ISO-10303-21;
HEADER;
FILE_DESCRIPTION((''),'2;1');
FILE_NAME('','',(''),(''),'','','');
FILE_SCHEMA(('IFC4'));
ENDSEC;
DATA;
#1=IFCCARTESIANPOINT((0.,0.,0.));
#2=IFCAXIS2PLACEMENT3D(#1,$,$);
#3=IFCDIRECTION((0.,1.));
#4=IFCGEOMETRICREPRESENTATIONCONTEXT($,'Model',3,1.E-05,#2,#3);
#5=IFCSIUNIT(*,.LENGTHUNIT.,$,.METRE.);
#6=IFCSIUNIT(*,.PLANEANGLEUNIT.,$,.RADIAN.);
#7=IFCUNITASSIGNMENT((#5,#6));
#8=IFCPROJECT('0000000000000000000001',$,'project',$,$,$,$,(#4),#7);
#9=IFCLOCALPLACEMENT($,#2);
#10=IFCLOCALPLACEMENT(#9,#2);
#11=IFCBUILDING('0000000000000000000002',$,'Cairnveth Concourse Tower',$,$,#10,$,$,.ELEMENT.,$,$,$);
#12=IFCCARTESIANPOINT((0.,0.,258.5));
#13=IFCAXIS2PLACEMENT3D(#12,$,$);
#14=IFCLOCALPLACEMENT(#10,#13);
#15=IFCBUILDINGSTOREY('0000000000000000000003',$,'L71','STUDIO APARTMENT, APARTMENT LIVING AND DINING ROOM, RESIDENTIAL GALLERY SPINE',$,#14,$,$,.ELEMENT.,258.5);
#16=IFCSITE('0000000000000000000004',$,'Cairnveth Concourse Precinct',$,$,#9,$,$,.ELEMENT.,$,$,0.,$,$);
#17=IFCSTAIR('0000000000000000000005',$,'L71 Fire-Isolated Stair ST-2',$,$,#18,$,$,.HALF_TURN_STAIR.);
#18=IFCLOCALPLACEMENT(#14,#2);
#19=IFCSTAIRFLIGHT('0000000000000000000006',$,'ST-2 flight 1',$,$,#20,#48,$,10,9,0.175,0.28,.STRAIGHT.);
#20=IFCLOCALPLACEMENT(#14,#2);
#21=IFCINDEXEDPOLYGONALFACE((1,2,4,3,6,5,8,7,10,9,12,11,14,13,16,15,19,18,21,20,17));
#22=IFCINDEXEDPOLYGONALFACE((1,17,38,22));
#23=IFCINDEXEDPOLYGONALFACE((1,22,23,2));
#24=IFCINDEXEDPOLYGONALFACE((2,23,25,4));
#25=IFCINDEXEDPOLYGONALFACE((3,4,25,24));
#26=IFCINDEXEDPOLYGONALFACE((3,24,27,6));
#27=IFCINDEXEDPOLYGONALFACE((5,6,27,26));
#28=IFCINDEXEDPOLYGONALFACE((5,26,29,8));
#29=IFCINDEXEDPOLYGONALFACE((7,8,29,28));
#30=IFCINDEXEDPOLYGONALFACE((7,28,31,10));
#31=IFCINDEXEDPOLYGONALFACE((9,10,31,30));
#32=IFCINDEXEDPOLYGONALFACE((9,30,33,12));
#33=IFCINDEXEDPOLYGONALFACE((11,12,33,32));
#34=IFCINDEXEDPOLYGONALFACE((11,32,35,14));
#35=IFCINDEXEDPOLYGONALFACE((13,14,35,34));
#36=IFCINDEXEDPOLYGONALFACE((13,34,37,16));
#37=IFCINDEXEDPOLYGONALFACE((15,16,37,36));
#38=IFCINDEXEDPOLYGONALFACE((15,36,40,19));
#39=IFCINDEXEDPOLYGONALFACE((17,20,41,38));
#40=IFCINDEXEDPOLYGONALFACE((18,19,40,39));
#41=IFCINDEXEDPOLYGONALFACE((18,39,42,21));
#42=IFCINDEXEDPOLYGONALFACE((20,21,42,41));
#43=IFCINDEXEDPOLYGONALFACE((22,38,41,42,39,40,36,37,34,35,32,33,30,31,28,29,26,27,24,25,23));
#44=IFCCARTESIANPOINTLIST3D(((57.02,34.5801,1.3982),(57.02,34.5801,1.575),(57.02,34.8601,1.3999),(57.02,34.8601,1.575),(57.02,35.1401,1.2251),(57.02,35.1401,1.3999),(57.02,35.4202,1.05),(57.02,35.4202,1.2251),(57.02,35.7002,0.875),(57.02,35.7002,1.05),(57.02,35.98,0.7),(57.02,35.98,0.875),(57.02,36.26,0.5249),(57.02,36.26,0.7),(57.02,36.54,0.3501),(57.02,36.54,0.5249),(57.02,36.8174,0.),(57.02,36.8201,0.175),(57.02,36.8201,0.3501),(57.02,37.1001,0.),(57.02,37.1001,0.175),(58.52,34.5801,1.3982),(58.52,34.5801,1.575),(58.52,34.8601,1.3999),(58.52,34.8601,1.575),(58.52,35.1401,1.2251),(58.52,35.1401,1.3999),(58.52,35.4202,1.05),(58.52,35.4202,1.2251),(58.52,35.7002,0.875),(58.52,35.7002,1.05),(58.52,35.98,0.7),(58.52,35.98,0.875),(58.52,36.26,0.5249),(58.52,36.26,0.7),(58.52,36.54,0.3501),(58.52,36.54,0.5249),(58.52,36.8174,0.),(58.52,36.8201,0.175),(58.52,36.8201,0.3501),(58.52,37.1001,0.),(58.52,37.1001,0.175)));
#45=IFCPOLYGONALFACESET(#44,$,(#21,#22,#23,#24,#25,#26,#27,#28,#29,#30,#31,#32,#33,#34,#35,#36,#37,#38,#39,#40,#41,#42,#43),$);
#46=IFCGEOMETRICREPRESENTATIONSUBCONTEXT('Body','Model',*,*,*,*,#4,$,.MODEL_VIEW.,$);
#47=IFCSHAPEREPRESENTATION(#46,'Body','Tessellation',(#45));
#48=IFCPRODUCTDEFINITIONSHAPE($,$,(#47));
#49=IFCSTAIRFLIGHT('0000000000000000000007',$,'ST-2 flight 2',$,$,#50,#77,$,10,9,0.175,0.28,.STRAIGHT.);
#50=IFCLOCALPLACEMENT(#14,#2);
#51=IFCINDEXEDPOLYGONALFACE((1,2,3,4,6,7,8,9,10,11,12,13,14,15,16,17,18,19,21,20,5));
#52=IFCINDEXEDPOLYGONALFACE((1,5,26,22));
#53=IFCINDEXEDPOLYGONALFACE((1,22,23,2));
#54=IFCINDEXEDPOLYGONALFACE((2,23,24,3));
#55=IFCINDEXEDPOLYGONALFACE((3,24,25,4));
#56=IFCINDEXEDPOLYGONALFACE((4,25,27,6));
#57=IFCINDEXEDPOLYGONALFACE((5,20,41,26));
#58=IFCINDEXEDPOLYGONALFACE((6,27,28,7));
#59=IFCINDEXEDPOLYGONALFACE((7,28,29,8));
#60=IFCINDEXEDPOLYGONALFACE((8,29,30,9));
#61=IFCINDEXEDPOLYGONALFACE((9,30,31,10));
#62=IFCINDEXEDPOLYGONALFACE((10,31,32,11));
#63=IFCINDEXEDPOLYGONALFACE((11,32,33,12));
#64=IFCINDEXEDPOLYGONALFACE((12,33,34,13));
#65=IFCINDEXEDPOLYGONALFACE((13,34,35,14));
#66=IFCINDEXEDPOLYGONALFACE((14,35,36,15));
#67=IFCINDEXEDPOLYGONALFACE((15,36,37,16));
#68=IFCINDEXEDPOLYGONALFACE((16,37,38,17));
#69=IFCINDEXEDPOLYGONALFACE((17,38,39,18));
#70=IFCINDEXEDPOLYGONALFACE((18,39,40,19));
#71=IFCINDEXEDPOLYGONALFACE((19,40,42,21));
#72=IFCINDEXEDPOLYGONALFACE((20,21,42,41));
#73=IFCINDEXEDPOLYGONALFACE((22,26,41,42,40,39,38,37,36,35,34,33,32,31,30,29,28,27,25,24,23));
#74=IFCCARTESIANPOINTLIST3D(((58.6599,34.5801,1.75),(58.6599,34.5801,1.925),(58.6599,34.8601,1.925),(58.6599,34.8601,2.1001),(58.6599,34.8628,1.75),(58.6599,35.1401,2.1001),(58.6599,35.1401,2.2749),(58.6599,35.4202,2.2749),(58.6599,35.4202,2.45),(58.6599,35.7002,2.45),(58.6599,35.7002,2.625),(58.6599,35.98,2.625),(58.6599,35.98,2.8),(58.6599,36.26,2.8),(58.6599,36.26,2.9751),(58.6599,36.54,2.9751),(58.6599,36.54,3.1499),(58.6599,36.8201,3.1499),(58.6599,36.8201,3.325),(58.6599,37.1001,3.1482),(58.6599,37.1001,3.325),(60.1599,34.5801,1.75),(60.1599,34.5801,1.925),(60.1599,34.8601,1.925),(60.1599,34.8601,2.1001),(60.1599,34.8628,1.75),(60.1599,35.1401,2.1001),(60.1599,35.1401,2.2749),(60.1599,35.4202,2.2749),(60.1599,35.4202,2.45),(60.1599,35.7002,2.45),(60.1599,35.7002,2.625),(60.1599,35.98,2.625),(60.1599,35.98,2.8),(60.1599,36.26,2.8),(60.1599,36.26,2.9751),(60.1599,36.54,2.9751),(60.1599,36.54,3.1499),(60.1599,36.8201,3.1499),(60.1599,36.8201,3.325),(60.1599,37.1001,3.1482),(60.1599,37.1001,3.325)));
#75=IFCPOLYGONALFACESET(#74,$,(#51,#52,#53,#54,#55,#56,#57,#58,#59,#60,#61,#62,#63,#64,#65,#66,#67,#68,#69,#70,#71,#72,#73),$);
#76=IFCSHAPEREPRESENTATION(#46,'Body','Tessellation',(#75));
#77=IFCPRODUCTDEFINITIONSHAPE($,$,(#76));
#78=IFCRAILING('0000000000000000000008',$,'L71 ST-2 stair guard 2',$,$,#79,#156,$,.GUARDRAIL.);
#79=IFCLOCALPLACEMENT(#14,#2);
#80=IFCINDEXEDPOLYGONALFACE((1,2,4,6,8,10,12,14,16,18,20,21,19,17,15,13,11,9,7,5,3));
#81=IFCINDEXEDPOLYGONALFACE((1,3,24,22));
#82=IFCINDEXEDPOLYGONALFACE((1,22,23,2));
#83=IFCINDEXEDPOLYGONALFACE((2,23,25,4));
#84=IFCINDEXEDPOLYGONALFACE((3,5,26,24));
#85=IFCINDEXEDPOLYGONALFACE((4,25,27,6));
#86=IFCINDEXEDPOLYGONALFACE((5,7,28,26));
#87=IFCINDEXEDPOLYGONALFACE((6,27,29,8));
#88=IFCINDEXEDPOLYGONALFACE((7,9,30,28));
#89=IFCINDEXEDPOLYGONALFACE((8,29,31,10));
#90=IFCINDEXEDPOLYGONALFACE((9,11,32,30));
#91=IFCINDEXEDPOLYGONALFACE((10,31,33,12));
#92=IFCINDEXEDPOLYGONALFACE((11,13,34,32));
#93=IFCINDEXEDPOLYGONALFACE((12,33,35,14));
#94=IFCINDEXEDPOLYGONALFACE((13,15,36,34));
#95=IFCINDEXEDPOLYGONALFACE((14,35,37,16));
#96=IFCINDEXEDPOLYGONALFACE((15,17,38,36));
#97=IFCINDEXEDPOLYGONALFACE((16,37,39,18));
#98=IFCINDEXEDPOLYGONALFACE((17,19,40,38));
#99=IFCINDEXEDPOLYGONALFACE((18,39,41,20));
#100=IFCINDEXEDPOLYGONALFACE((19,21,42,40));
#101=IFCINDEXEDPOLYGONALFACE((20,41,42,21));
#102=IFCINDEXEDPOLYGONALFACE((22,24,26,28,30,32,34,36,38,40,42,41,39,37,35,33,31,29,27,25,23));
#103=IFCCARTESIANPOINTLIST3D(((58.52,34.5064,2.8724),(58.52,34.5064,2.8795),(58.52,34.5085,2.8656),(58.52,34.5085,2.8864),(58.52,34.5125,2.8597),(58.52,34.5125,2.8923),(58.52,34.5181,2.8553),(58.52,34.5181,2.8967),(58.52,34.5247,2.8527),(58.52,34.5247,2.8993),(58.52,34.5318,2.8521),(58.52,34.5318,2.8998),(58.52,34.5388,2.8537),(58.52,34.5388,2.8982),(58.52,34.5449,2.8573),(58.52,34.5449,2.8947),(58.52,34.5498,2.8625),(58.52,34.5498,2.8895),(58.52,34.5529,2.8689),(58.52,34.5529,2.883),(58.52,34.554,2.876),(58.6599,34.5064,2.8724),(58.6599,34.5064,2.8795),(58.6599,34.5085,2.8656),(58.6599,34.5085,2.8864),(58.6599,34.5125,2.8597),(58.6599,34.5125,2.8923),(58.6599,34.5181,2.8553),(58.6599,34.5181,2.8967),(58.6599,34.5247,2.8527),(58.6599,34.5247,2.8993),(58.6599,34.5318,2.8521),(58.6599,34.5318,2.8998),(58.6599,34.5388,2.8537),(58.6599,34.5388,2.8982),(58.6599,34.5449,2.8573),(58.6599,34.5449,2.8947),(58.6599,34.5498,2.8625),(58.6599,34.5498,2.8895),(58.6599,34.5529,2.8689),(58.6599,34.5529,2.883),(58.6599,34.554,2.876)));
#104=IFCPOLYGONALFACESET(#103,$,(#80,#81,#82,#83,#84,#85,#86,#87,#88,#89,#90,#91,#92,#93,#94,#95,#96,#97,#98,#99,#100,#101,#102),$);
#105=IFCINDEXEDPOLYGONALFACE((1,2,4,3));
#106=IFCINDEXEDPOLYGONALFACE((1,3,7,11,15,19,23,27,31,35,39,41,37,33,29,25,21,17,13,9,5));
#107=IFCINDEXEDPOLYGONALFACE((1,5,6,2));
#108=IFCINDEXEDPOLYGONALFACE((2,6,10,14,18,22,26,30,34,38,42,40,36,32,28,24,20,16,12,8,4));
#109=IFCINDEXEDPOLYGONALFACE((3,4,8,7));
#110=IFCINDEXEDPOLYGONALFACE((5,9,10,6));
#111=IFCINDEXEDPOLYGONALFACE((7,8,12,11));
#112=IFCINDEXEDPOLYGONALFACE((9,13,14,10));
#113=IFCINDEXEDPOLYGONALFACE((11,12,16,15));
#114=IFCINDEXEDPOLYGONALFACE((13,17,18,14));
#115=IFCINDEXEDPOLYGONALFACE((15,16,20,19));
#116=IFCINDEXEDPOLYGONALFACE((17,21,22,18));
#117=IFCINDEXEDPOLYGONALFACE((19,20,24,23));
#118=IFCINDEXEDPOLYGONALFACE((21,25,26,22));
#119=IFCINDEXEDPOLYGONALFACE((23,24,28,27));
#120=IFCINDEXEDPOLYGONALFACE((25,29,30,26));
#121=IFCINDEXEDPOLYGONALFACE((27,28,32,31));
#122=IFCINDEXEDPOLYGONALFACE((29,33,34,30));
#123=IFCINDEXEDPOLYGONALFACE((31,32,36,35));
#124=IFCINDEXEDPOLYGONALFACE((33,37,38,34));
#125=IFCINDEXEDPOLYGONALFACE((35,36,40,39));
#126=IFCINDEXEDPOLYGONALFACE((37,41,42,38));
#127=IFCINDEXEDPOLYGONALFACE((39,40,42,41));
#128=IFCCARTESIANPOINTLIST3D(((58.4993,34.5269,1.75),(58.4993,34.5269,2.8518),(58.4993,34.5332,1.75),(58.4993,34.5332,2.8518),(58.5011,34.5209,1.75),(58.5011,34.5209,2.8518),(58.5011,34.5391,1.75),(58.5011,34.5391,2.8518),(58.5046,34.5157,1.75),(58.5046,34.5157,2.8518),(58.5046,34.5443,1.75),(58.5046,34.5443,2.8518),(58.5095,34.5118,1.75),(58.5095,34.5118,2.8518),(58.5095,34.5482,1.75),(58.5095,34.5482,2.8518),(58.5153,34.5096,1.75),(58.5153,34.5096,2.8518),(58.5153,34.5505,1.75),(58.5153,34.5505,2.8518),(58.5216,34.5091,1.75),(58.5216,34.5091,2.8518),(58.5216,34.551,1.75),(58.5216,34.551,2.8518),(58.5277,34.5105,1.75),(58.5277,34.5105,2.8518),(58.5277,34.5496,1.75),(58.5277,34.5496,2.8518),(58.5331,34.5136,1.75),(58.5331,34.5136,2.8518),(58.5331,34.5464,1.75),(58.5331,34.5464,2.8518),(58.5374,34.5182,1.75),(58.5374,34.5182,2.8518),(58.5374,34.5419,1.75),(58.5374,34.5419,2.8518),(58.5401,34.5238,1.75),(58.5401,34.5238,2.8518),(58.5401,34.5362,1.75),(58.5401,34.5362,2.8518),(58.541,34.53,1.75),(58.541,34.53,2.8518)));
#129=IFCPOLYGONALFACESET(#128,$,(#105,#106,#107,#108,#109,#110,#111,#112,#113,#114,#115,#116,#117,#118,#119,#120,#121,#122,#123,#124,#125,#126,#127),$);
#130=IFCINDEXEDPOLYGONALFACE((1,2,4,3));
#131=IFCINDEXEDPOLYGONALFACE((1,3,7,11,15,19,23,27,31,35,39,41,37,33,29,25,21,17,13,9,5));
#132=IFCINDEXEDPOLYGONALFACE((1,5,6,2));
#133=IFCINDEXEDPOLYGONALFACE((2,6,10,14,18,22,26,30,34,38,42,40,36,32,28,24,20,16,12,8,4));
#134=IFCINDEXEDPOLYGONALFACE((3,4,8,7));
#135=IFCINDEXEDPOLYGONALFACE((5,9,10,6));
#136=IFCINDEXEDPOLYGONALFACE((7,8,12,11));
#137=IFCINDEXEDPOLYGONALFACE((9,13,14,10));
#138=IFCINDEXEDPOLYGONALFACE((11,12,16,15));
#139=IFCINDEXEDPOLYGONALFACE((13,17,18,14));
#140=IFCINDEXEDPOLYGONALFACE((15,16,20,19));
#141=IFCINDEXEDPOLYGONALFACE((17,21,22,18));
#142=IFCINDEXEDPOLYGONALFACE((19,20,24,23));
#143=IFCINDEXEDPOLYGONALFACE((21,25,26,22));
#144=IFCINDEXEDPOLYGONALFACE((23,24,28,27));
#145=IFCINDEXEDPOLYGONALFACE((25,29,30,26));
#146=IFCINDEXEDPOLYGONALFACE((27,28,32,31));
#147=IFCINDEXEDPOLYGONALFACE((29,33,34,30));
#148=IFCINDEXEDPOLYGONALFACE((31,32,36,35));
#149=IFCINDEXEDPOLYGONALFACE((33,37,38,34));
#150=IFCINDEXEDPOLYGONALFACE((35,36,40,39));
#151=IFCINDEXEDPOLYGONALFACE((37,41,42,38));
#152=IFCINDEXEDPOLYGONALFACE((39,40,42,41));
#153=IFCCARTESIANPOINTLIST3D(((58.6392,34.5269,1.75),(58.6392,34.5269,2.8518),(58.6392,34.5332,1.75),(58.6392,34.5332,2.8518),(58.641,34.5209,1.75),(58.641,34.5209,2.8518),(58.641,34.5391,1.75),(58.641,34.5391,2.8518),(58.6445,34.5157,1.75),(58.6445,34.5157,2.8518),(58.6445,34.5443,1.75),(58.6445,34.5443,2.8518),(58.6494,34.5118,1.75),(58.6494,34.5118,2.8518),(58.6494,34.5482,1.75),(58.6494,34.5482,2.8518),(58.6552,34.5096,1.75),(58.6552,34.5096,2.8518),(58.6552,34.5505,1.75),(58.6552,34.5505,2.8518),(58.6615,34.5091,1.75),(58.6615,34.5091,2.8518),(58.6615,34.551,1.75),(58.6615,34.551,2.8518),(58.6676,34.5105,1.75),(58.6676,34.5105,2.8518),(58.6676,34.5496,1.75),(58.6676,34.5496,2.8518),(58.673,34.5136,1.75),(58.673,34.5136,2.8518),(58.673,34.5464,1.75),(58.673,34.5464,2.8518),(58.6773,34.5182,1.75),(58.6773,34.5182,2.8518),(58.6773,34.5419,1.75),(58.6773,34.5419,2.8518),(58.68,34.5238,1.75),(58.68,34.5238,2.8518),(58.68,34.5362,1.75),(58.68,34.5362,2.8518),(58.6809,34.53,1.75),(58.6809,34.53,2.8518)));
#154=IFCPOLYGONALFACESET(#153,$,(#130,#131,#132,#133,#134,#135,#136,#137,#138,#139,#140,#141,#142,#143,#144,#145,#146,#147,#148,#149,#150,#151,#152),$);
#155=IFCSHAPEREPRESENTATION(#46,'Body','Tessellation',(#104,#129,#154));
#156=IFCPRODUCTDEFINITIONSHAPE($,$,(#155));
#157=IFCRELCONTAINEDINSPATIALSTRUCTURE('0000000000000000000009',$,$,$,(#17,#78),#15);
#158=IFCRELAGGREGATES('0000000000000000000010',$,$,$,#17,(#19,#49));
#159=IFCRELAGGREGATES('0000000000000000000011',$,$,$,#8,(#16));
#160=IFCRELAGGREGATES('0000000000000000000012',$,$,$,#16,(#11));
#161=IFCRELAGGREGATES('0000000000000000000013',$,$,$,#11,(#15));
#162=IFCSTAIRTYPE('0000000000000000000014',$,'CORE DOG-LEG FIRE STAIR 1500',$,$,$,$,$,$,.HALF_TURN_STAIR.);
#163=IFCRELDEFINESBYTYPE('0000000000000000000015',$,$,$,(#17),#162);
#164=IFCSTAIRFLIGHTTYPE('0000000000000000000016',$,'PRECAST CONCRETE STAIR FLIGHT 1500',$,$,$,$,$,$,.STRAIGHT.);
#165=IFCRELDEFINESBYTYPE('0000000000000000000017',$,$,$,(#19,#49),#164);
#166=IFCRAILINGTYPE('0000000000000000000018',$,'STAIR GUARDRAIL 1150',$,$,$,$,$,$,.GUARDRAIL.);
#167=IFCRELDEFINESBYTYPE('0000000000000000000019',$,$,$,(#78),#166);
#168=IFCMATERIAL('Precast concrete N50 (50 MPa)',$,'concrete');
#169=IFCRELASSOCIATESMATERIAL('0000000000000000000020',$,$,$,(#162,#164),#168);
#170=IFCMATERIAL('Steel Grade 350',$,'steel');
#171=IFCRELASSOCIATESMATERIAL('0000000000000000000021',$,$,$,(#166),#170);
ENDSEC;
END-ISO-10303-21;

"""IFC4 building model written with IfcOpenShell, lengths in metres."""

from ifc_helpers import new_model, si_unit, direction, frame, origin, origin_2d, place, context, subcontext, project, spatial, polyline, circle, outline, extrude, material, type_object, element, aggregate, save


model = new_model("IFC4")

# Units and contexts
model_context = context("Model", 3, precision=1e-05, world=origin(), true_north=direction((0.0, 1.0)))
body_context = subcontext(model_context, "Body", "Model", "MODEL_VIEW")
ifc_project = project(units=[si_unit("LENGTHUNIT", "METRE"), si_unit("PLANEANGLEUNIT", "RADIAN")], contexts=[model_context])

# Site, building, storey
site_placement = place(None, origin())
site = spatial("IfcSite", under=ifc_project, at=site_placement, Name="Cairnveth Concourse Precinct", CompositionType="ELEMENT", RefElevation=0.0)
building_placement = place(site_placement, origin())
building = spatial("IfcBuilding", under=site, at=building_placement, Name="Cairnveth Concourse Tower", CompositionType="ELEMENT")
storey_placement = place(building_placement, frame((0.0, 0.0, 258.5)))
storey = spatial("IfcBuildingStorey", under=building, at=storey_placement, Name="L71", Description="STUDIO APARTMENT, APARTMENT LIVING AND DINING ROOM, RESIDENTIAL GALLERY SPINE", CompositionType="ELEMENT", Elevation=258.5)

# Shared definitions
ifc_material_1 = material(Name="Steel Grade 350", Category="steel")

# Stair, stair flights
ifc_material_2 = material(Name="Precast concrete N50 (50 MPa)", Category="concrete")
stair_type = type_object("IfcStairType", Name="CORE DOG-LEG FIRE STAIR 1500", PredefinedType="HALF_TURN_STAIR", material=ifc_material_2)
stair_placement = place(storey_placement, origin())
stair = element("IfcStair", 1, at=stair_placement, inside=storey, type_object=stair_type, Name="L71 Fire-Isolated Stair ST-2", PredefinedType="HALF_TURN_STAIR")
stair_flight_type = type_object("IfcStairFlightType", Name="PRECAST CONCRETE STAIR FLIGHT 1500", PredefinedType="STRAIGHT", material=ifc_material_2)
stair_flight_1_placement = place(storey_placement, frame((57.77, 37.1001, 0.0), z_axis=(0.0, 0.0, 1.0), x_axis=(0.0, -1.0, 0.0)))
stair_flight_1 = element("IfcStairFlight", 2, at=stair_flight_1_placement, type_object=stair_flight_type, Name="ST-2 flight 1", NumberOfRisers=10, NumberOfTreads=9, PredefinedType="STRAIGHT", RiserHeight=0.175, TreadLength=0.28, context=body_context, shape_type="SweptSolid", body=[
    extrude(outline(polyline([(0.0, 0.0), (0.0, 0.175), (0.28, 0.175), (0.28, 0.3501), (0.5601, 0.3501), (0.5601, 0.5249), (0.8401, 0.5249), (0.8401, 0.7), (1.1201, 0.7), (1.1201, 0.875), (1.3999, 0.875), (1.3999, 1.05), (1.6799, 1.05), (1.6799, 1.2251), (1.96, 1.2251), (1.96, 1.3999), (2.24, 1.3999), (2.24, 1.575), (2.52, 1.575), (2.52, 1.75), (2.52, 1.3982), (0.2827, 0.0), (0.0, 0.0)])), frame((0.0, 0.75, 0.0), z_axis=(0.0, -1.0, 0.0), x_axis=(1.0, 0.0, 0.0)), (0.0, 0.0, 1.0), 1.5),
])
stair_flight_2_placement = place(storey_placement, frame((59.4099, 34.5801, 1.75), z_axis=(0.0, 0.0, 1.0), x_axis=(0.0, 1.0, 0.0)))
stair_flight_2 = element("IfcStairFlight", 3, at=stair_flight_2_placement, type_object=stair_flight_type, Name="ST-2 flight 2", NumberOfRisers=10, NumberOfTreads=9, PredefinedType="STRAIGHT", RiserHeight=0.175, TreadLength=0.28, context=body_context, shape_type="SweptSolid", body=[
    extrude(outline(polyline([(0.0, 0.0), (0.0, 0.175), (0.28, 0.175), (0.28, 0.3501), (0.5601, 0.3501), (0.5601, 0.5249), (0.8401, 0.5249), (0.8401, 0.7), (1.1201, 0.7), (1.1201, 0.875), (1.3999, 0.875), (1.3999, 1.05), (1.6799, 1.05), (1.6799, 1.2251), (1.96, 1.2251), (1.96, 1.3999), (2.24, 1.3999), (2.24, 1.575), (2.52, 1.575), (2.52, 1.75), (2.52, 1.3982), (0.2827, 0.0), (0.0, 0.0)])), frame((0.0, 0.75, 0.0), z_axis=(0.0, -1.0, 0.0), x_axis=(1.0, 0.0, 0.0)), (0.0, 0.0, 1.0), 1.5),
])
aggregate(stair, [stair_flight_1, stair_flight_2])

# Railing
railing_type_1 = type_object("IfcRailingType", Name="STAIR GUARDRAIL 1150", PredefinedType="GUARDRAIL", material=ifc_material_1)
railing_1_placement = place(storey_placement, frame((58.52, 34.53, 1.75)))
element("IfcRailing", 4, at=railing_1_placement, inside=storey, type_object=railing_type_1, Name="L71 ST-2 stair guard 2", PredefinedType="GUARDRAIL", context=body_context, shape_type="SweptSolid", body=[
    extrude(circle(Radius=0.0239, at=origin_2d()), frame((0.0, 0.0, 1.126), z_axis=(1.0, 0.0, 0.0), x_axis=(0.0, 1.0, 0.0)), (0.0, 0.0, 1.0), 0.1399),
    extrude(circle(Radius=0.021, at=origin_2d()), origin(), (0.0, 0.0, 1.0), 1.1018),
    extrude(circle(Radius=0.021, at=origin_2d()), frame((0.1399, 0.0, 0.0)), (0.0, 0.0, 1.0), 1.1018),
])

save(model, "model.ifc")
